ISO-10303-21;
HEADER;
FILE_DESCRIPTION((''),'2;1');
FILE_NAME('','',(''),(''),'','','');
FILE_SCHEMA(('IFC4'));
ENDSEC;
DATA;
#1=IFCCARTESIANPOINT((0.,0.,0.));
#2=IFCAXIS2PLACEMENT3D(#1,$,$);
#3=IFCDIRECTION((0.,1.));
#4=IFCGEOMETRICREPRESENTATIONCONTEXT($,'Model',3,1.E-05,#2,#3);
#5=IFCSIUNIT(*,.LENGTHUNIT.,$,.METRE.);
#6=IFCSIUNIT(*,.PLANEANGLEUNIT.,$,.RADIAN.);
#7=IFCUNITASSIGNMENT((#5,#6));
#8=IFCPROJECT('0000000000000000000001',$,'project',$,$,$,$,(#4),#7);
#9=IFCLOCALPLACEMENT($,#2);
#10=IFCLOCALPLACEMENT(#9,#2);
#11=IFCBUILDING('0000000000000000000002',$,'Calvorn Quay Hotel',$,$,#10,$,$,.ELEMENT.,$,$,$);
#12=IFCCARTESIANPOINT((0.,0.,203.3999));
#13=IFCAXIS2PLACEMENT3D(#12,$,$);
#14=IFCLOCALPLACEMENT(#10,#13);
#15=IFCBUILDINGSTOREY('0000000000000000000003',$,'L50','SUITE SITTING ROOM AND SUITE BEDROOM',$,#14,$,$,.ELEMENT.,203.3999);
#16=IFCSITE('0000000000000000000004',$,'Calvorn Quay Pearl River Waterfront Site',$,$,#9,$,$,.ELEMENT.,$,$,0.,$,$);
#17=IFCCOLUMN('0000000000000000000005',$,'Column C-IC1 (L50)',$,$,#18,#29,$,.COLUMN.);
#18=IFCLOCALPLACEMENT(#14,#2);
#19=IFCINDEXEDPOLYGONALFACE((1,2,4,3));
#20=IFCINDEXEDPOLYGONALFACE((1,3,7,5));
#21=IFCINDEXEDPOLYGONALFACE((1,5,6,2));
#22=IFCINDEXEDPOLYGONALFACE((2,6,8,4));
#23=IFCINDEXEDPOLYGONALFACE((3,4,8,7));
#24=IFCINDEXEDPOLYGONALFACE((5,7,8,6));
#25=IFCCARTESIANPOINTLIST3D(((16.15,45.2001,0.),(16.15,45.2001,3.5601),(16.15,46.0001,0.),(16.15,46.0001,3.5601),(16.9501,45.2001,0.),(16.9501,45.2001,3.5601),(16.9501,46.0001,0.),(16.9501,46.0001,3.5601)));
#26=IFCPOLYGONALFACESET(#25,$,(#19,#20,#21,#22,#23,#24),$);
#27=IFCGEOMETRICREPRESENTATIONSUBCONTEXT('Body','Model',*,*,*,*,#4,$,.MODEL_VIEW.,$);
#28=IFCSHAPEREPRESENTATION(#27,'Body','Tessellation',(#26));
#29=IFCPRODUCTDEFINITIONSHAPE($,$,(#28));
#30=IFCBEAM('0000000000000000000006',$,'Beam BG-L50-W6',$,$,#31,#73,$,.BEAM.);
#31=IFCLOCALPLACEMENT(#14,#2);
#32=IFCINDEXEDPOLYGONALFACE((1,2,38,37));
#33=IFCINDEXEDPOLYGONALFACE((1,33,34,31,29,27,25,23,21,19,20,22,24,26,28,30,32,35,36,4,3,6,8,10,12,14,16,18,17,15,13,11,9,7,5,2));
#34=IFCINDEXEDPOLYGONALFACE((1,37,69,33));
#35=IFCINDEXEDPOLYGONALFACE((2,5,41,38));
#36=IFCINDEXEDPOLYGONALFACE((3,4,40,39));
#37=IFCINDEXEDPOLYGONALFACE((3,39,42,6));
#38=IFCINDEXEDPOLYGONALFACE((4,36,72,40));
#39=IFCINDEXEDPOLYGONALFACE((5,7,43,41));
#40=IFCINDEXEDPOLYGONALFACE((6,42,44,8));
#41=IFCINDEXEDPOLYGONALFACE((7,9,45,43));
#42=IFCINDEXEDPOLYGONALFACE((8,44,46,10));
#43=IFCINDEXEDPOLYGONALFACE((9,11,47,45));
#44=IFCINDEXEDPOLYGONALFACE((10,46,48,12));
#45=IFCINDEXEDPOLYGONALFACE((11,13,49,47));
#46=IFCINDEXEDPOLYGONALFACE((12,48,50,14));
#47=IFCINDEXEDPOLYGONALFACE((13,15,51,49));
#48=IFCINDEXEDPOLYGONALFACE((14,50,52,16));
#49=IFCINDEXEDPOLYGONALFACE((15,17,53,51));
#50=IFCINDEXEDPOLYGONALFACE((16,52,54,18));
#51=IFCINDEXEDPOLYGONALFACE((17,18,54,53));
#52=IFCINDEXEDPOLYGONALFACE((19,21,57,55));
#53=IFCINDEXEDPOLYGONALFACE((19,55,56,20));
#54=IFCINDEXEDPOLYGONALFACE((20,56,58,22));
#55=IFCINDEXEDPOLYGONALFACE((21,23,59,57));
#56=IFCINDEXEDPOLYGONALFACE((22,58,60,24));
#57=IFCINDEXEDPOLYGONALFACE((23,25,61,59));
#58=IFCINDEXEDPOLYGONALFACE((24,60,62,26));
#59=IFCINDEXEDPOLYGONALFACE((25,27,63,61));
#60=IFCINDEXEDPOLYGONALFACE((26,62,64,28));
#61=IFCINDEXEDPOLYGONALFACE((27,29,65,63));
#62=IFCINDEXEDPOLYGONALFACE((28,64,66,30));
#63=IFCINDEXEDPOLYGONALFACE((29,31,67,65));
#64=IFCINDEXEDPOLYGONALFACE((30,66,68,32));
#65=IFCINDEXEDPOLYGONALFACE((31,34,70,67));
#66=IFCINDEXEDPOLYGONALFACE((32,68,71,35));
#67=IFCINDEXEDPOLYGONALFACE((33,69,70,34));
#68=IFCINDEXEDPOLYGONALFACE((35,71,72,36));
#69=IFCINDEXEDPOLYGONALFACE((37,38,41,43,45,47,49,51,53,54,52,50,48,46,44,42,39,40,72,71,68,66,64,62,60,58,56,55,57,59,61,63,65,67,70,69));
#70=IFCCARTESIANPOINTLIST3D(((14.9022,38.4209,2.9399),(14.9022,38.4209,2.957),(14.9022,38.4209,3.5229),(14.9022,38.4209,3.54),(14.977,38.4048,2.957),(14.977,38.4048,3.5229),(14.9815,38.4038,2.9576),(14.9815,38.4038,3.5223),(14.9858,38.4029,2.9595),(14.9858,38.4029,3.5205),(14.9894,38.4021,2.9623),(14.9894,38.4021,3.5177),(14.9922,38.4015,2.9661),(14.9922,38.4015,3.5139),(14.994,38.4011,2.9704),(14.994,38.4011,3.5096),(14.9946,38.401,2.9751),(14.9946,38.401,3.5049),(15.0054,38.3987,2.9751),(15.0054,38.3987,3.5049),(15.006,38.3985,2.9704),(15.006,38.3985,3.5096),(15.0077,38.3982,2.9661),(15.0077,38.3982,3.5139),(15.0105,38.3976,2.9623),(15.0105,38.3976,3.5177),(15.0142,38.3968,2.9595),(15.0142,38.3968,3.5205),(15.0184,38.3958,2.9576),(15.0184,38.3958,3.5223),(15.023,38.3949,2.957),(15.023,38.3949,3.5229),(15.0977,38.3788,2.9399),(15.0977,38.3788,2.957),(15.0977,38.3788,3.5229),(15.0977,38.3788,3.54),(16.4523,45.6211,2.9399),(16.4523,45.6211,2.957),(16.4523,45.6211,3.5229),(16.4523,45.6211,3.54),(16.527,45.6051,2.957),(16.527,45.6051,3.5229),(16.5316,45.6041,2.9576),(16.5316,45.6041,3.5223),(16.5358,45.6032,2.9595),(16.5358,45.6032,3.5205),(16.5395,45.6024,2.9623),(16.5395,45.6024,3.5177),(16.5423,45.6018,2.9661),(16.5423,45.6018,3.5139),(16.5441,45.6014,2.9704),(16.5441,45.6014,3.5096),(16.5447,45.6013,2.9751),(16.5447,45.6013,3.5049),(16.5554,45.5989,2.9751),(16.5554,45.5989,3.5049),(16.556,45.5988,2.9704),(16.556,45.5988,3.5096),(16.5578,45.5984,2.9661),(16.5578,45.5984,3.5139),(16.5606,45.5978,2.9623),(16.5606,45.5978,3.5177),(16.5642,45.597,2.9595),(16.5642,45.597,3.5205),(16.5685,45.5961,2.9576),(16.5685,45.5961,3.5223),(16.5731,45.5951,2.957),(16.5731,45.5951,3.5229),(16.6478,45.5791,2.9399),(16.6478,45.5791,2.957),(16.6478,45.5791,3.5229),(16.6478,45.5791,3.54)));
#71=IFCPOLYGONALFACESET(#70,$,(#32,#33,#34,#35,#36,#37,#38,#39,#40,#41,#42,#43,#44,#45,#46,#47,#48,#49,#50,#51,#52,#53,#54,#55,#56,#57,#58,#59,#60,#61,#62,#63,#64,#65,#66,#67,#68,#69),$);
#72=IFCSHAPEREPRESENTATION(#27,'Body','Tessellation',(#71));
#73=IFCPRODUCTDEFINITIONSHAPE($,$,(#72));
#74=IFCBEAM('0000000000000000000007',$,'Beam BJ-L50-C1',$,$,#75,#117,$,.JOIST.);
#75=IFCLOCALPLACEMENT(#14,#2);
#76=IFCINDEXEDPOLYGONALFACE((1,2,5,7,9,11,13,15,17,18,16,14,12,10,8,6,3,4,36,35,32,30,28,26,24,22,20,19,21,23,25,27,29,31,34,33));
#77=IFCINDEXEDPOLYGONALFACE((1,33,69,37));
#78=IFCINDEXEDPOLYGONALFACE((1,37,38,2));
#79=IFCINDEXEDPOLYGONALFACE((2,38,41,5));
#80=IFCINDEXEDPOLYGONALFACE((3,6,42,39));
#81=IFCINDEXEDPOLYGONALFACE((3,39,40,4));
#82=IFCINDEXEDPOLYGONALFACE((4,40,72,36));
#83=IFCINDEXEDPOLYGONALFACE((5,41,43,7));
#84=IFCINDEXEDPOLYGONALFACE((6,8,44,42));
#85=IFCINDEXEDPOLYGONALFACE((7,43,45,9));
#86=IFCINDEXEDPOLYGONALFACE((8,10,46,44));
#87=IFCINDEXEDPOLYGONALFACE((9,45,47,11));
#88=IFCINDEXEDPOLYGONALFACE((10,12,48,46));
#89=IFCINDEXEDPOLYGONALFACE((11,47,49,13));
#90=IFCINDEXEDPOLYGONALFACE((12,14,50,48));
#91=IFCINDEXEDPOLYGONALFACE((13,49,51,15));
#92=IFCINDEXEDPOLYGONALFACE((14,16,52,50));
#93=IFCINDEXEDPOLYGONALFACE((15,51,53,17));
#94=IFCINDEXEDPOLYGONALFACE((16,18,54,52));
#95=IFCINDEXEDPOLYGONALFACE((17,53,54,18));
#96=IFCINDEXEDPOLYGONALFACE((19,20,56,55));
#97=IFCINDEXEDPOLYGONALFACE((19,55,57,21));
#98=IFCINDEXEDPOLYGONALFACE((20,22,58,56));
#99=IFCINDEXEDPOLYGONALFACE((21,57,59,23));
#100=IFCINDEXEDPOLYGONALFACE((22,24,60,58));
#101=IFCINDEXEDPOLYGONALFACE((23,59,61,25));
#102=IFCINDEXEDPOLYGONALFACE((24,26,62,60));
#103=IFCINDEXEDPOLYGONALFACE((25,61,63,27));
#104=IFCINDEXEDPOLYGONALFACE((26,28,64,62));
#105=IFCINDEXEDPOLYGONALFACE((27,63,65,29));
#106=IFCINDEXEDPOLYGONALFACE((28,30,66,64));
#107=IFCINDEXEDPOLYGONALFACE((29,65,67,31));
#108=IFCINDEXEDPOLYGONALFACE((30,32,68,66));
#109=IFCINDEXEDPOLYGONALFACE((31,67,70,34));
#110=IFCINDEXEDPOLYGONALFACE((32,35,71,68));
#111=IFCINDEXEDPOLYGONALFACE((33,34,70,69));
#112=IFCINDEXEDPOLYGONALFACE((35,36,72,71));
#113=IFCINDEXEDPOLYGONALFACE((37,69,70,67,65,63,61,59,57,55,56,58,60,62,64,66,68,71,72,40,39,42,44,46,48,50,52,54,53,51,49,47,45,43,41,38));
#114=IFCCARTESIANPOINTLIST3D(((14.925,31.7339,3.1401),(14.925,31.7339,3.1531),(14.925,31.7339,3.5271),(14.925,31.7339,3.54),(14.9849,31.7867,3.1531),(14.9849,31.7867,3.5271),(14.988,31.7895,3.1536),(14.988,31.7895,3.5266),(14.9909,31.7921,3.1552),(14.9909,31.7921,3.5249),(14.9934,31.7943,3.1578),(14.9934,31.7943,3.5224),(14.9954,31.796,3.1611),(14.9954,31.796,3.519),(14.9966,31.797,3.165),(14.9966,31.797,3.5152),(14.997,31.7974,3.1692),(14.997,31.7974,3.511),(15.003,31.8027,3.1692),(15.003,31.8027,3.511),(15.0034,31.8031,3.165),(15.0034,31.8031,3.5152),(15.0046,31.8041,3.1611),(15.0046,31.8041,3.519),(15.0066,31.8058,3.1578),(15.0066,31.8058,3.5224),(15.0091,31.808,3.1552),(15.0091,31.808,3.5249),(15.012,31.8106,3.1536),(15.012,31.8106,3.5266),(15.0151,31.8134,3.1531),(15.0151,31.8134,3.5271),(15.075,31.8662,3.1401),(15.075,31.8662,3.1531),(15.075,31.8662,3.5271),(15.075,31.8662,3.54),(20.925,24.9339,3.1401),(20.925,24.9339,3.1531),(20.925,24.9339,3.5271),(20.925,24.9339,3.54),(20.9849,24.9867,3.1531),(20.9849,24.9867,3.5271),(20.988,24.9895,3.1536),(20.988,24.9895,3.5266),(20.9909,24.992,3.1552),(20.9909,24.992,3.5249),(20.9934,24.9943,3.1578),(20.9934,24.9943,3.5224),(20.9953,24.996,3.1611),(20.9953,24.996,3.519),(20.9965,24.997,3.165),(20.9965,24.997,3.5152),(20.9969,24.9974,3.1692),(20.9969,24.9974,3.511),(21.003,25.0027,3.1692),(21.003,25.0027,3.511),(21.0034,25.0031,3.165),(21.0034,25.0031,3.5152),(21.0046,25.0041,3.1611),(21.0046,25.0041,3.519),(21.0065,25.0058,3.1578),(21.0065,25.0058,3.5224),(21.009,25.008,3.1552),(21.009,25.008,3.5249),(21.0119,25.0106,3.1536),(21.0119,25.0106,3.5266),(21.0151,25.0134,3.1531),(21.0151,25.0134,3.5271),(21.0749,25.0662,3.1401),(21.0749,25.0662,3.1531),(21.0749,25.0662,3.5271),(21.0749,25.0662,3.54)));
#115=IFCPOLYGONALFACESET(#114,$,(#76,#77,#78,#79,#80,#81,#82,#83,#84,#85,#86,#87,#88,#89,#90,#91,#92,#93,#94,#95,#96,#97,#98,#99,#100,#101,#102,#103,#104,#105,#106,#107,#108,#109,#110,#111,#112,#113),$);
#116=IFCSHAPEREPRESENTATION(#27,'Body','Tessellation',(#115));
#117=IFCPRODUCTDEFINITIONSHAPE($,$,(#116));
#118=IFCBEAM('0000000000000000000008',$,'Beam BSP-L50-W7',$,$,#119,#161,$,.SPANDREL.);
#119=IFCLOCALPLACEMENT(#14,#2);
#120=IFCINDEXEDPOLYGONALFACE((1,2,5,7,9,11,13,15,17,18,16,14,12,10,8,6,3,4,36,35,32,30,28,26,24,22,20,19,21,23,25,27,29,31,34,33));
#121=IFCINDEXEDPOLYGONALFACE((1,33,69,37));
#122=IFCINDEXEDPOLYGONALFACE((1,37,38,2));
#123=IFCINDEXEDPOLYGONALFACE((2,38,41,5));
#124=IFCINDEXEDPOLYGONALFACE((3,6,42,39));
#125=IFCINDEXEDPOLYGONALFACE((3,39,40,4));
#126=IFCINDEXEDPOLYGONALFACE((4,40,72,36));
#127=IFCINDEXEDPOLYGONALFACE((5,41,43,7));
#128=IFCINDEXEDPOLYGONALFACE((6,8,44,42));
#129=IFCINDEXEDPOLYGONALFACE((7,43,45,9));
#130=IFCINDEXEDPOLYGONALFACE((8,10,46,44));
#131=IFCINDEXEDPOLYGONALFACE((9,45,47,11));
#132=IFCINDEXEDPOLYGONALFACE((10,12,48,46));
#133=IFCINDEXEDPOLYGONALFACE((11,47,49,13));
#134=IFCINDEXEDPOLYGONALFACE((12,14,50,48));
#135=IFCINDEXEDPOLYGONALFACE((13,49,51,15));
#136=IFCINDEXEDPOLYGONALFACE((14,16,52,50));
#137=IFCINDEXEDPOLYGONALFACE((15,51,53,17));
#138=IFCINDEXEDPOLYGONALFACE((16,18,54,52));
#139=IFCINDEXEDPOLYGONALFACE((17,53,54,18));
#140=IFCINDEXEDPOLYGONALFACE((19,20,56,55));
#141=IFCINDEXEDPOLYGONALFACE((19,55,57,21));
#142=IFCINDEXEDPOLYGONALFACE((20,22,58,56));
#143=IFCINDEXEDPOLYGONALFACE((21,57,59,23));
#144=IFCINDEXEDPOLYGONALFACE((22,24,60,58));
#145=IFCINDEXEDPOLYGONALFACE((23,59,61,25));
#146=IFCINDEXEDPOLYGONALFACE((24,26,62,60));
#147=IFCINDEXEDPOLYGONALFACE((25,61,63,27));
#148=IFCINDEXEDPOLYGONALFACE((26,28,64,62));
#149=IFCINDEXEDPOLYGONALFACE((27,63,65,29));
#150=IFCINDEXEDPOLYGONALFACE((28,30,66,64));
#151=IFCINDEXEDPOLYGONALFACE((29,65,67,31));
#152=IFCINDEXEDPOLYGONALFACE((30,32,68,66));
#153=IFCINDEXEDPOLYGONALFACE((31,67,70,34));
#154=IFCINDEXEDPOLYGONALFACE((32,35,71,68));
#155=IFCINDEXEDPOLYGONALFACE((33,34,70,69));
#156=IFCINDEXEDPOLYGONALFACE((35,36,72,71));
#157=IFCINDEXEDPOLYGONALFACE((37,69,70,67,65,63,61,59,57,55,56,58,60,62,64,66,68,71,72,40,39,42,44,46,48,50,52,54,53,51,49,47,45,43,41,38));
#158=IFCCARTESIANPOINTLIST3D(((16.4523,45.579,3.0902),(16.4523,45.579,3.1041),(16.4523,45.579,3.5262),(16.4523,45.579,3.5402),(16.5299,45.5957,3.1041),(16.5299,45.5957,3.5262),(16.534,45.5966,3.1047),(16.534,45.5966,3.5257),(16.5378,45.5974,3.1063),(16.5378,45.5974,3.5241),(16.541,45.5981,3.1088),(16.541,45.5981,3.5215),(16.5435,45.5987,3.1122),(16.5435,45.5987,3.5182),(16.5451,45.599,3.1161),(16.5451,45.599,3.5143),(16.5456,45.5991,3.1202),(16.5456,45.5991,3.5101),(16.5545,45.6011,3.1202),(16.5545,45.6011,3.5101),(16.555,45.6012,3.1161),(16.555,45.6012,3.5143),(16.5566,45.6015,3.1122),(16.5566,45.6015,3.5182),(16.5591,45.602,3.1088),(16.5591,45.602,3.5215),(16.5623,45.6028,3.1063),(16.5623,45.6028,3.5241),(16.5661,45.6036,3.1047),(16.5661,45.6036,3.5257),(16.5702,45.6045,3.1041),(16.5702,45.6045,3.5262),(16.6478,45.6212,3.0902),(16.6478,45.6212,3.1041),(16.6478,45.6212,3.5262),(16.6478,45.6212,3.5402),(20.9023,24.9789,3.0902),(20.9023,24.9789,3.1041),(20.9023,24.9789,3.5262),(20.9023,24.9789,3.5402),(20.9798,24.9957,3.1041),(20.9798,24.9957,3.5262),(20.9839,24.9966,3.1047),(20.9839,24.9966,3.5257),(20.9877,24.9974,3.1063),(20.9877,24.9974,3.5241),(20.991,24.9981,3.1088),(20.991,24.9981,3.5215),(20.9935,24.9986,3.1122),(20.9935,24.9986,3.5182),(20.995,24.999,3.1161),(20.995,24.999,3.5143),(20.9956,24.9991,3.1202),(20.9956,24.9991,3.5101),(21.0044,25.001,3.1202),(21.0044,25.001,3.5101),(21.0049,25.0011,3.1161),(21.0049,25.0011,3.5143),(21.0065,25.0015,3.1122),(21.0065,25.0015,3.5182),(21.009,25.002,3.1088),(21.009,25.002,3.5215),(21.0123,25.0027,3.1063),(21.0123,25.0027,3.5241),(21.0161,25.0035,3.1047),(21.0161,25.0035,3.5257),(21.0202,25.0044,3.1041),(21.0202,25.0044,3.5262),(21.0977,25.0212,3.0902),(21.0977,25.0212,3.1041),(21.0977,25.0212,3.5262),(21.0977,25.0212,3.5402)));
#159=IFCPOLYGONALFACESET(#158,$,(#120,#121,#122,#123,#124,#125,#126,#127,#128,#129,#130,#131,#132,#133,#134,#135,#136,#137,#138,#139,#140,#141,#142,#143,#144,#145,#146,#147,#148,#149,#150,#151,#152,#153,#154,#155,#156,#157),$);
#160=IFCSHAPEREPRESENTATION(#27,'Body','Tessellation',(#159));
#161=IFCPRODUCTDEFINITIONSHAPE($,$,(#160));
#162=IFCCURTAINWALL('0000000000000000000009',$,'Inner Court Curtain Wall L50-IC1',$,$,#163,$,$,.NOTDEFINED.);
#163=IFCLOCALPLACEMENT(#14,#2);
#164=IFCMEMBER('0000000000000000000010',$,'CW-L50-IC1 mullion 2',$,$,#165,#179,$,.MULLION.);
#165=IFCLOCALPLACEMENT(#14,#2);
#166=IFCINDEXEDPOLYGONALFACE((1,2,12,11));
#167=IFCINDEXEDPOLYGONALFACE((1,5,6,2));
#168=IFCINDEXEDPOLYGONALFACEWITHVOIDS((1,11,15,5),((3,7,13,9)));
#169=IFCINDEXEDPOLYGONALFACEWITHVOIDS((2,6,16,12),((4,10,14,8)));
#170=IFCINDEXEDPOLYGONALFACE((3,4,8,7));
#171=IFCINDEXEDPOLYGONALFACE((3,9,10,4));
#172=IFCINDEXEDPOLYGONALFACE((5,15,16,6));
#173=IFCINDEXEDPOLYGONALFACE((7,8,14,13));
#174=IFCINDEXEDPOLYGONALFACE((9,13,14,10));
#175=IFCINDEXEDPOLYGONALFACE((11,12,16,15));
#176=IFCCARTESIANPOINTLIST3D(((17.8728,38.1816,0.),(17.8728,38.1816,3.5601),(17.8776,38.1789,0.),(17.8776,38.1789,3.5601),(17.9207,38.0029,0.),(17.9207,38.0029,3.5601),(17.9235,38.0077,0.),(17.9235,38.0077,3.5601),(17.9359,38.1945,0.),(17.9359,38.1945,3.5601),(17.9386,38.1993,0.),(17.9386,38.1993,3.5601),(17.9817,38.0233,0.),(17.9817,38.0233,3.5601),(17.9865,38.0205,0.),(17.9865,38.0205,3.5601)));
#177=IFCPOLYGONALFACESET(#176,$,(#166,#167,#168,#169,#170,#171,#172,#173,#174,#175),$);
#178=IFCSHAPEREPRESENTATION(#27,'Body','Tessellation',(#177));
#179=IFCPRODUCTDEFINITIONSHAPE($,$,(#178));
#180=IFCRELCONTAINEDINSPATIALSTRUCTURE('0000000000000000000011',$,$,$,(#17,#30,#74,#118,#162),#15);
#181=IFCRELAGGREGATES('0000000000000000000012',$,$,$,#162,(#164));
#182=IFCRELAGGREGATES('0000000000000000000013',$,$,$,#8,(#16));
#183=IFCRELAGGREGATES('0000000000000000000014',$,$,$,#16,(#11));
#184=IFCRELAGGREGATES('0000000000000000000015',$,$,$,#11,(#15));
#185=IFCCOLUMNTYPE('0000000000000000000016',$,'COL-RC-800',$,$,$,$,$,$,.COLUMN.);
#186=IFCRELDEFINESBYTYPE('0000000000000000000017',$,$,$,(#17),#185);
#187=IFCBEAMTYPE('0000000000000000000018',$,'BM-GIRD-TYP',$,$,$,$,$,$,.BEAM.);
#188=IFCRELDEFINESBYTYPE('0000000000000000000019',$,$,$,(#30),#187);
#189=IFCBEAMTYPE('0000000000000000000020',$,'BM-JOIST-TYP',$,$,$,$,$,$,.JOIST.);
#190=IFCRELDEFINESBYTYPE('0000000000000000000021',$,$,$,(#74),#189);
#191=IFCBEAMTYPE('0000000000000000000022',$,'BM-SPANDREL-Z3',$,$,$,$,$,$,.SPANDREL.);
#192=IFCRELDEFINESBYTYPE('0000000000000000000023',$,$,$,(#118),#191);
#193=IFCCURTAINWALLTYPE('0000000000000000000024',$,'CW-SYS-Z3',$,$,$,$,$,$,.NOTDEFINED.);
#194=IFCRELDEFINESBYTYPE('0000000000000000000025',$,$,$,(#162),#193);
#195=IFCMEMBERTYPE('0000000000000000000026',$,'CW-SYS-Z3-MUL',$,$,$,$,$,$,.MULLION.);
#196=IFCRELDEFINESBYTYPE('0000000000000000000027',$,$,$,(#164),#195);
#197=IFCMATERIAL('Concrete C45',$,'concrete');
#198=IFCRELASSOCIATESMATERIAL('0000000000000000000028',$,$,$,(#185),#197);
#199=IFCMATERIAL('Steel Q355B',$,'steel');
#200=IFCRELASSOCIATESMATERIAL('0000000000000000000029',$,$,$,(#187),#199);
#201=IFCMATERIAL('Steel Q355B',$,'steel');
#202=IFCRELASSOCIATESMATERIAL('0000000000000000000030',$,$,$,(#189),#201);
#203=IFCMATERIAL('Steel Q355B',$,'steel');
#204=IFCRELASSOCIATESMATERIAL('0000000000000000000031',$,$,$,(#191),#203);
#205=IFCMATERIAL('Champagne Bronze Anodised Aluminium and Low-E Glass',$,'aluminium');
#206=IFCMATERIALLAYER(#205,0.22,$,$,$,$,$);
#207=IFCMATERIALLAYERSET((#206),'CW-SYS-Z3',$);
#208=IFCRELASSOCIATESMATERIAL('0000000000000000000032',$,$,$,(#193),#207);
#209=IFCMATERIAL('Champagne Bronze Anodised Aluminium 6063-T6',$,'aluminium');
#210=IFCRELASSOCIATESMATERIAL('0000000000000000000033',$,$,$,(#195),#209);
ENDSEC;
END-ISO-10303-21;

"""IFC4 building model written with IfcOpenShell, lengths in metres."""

from ifc_helpers import new_model, si_unit, direction, frame, origin, origin_2d, place, context, subcontext, project, spatial, rectangle, hollow_rectangle, i_section, extrude, material, layer, layer_set, material_profile, profile_set, type_object, element, aggregate, save


model = new_model("IFC4")

# Units and contexts
model_context = context("Model", 3, precision=1e-05, world=origin(), true_north=direction((0.0, 1.0)))
body_context = subcontext(model_context, "Body", "Model", "MODEL_VIEW")
ifc_project = project(units=[si_unit("LENGTHUNIT", "METRE"), si_unit("PLANEANGLEUNIT", "RADIAN")], contexts=[model_context])

# Site, building, storey
site_placement = place(None, origin())
site = spatial("IfcSite", under=ifc_project, at=site_placement, Name="Calvorn Quay Pearl River Waterfront Site", CompositionType="ELEMENT", RefElevation=0.0)
building_placement = place(site_placement, origin())
building = spatial("IfcBuilding", under=site, at=building_placement, Name="Calvorn Quay Hotel", CompositionType="ELEMENT")
storey_placement = place(building_placement, frame((0.0, 0.0, 203.3999)))
storey = spatial("IfcBuildingStorey", under=building, at=storey_placement, Name="L50", Description="SUITE SITTING ROOM AND SUITE BEDROOM", CompositionType="ELEMENT", Elevation=203.3999)

# Column
ifc_material_1 = material(Name="Concrete C45", Category="concrete")
ifc_material_profile_1 = material_profile(ifc_material_1, rectangle(XDim=0.8, YDim=0.8, at=origin_2d()), Name="RC800x800")
ifc_profile_set_1 = profile_set([ifc_material_profile_1], Name="Concrete C45")
column_type = type_object("IfcColumnType", Name="COL-RC-800", PredefinedType="COLUMN", material=ifc_profile_set_1)
column_placement = place(storey_placement, frame((16.55, 45.6001, 0.0), z_axis=(0.0, 0.0, 1.0), x_axis=(1.0, 0.0, 0.0)))
element("IfcColumn", 1, at=column_placement, inside=storey, type_object=column_type, Name="Column C-IC1 (L50)", PredefinedType="COLUMN", context=body_context, shape_type="SweptSolid", body=[
    extrude(rectangle(XDim=0.8, YDim=0.8, at=origin_2d()), origin(), (0.0, 0.0, 1.0), 3.5601),
])

# Beams
ifc_material_2 = material(Name="Steel Q355B", Category="steel")
ifc_material_profile_2 = material_profile(ifc_material_2, i_section(OverallWidth=0.2, OverallDepth=0.6001, WebThickness=0.011, FlangeThickness=0.0171, FilletRadius=0.0181, at=origin_2d()), Name="HN600x200x11x17")
ifc_profile_set_2 = profile_set([ifc_material_profile_2], Name="Steel Q355B")
beam_type_1 = type_object("IfcBeamType", Name="BM-GIRD-TYP", PredefinedType="BEAM", material=ifc_profile_set_2)
beam_1_placement = place(storey_placement, frame((16.55, 45.6001, 3.24), z_axis=(-0.210457, -0.977603, 0.0), x_axis=(0.977603, -0.210457, 0.0)))
element("IfcBeam", 2, at=beam_1_placement, inside=storey, type_object=beam_type_1, Name="Beam BG-L50-W6", PredefinedType="BEAM", context=body_context, shape_type="SweptSolid", body=[
    extrude(i_section(OverallWidth=0.2, OverallDepth=0.6001, WebThickness=0.011, FlangeThickness=0.0171, FilletRadius=0.0181, at=origin_2d()), origin(), (0.0, 0.0, 1.0), 7.3652),
])
ifc_material_3 = material(Name="Steel Q355B", Category="steel")
ifc_material_profile_3 = material_profile(ifc_material_3, i_section(OverallWidth=0.2, OverallDepth=0.3999, WebThickness=0.0081, FlangeThickness=0.0129, FilletRadius=0.0161, at=origin_2d()), Name="HN400x200x8x13")
ifc_profile_set_3 = profile_set([ifc_material_profile_3], Name="Steel Q355B")
beam_type_2 = type_object("IfcBeamType", Name="BM-JOIST-TYP", PredefinedType="JOIST", material=ifc_profile_set_3)
beam_2_placement = place(storey_placement, frame((15.0, 31.8, 3.3401), z_axis=(0.661619, -0.74984, 0.0), x_axis=(0.74984, 0.661619, 0.0)))
element("IfcBeam", 3, at=beam_2_placement, inside=storey, type_object=beam_type_2, Name="Beam BJ-L50-C1", PredefinedType="JOIST", context=body_context, shape_type="SweptSolid", body=[
    extrude(i_section(OverallWidth=0.2, OverallDepth=0.3999, WebThickness=0.0081, FlangeThickness=0.0129, FilletRadius=0.0161, at=origin_2d()), origin(), (0.0, 0.0, 1.0), 9.0686),
])
ifc_material_4 = material(Name="Steel Q355B", Category="steel")
ifc_material_profile_4 = material_profile(ifc_material_4, i_section(OverallWidth=0.2, OverallDepth=0.45, WebThickness=0.009, FlangeThickness=0.0139, FilletRadius=0.0161, at=origin_2d()), Name="HN450x200x9x14")
ifc_profile_set_4 = profile_set([ifc_material_profile_4], Name="Steel Q355B")
beam_type_3 = type_object("IfcBeamType", Name="BM-SPANDREL-Z3", PredefinedType="SPANDREL", material=ifc_profile_set_4)
beam_3_placement = place(storey_placement, frame((16.55, 45.6001, 3.3152), z_axis=(0.211146, -0.977455, 0.0), x_axis=(0.977455, 0.211146, 0.0)))
element("IfcBeam", 4, at=beam_3_placement, inside=storey, type_object=beam_type_3, Name="Beam BSP-L50-W7", PredefinedType="SPANDREL", context=body_context, shape_type="SweptSolid", body=[
    extrude(i_section(OverallWidth=0.2, OverallDepth=0.45, WebThickness=0.009, FlangeThickness=0.0139, FilletRadius=0.0161, at=origin_2d()), origin(), (0.0, 0.0, 1.0), 21.0752),
])

# Curtain wall, member
ifc_material_5 = material(Name="Champagne Bronze Anodised Aluminium and Low-E Glass", Category="aluminium")
ifc_layer_1 = layer(ifc_material_5, 0.22)
ifc_layer_set_1 = layer_set([ifc_layer_1], Name="CW-SYS-Z3")
curtain_wall_type = type_object("IfcCurtainWallType", Name="CW-SYS-Z3", PredefinedType="NOTDEFINED", material=ifc_layer_set_1)
curtain_wall_1_placement = place(storey_placement, origin())
curtain_wall_1 = element("IfcCurtainWall", 5, at=curtain_wall_1_placement, inside=storey, type_object=curtain_wall_type, Name="Inner Court Curtain Wall L50-IC1", PredefinedType="NOTDEFINED")
ifc_material_6 = material(Name="Champagne Bronze Anodised Aluminium 6063-T6", Category="aluminium")
ifc_material_profile_5 = material_profile(ifc_material_6, hollow_rectangle(XDim=0.0681, YDim=0.1851, WallThickness=0.0039, at=origin_2d()), Name="ALU-M185x68x4")
ifc_profile_set_5 = profile_set([ifc_material_profile_5], Name="Champagne Bronze Anodised Aluminium 6063-T6")
member_type_1 = type_object("IfcMemberType", Name="CW-SYS-Z3-MUL", PredefinedType="MULLION", material=ifc_profile_set_5)
member_1_placement = place(storey_placement, frame((17.9297, 38.1011, 0.0), z_axis=(0.0, 0.0, 1.0), x_axis=(-0.965937, -0.258779, 0.0)))
member_1 = element("IfcMember", 6, at=member_1_placement, type_object=member_type_1, Name="CW-L50-IC1 mullion 2", PredefinedType="MULLION", context=body_context, shape_type="SweptSolid", body=[
    extrude(hollow_rectangle(XDim=0.0681, YDim=0.1851, WallThickness=0.0039, at=origin_2d()), origin(), (0.0, 0.0, 1.0), 3.5601),
])

aggregate(curtain_wall_1, [member_1])

save(model, "model.ifc")
